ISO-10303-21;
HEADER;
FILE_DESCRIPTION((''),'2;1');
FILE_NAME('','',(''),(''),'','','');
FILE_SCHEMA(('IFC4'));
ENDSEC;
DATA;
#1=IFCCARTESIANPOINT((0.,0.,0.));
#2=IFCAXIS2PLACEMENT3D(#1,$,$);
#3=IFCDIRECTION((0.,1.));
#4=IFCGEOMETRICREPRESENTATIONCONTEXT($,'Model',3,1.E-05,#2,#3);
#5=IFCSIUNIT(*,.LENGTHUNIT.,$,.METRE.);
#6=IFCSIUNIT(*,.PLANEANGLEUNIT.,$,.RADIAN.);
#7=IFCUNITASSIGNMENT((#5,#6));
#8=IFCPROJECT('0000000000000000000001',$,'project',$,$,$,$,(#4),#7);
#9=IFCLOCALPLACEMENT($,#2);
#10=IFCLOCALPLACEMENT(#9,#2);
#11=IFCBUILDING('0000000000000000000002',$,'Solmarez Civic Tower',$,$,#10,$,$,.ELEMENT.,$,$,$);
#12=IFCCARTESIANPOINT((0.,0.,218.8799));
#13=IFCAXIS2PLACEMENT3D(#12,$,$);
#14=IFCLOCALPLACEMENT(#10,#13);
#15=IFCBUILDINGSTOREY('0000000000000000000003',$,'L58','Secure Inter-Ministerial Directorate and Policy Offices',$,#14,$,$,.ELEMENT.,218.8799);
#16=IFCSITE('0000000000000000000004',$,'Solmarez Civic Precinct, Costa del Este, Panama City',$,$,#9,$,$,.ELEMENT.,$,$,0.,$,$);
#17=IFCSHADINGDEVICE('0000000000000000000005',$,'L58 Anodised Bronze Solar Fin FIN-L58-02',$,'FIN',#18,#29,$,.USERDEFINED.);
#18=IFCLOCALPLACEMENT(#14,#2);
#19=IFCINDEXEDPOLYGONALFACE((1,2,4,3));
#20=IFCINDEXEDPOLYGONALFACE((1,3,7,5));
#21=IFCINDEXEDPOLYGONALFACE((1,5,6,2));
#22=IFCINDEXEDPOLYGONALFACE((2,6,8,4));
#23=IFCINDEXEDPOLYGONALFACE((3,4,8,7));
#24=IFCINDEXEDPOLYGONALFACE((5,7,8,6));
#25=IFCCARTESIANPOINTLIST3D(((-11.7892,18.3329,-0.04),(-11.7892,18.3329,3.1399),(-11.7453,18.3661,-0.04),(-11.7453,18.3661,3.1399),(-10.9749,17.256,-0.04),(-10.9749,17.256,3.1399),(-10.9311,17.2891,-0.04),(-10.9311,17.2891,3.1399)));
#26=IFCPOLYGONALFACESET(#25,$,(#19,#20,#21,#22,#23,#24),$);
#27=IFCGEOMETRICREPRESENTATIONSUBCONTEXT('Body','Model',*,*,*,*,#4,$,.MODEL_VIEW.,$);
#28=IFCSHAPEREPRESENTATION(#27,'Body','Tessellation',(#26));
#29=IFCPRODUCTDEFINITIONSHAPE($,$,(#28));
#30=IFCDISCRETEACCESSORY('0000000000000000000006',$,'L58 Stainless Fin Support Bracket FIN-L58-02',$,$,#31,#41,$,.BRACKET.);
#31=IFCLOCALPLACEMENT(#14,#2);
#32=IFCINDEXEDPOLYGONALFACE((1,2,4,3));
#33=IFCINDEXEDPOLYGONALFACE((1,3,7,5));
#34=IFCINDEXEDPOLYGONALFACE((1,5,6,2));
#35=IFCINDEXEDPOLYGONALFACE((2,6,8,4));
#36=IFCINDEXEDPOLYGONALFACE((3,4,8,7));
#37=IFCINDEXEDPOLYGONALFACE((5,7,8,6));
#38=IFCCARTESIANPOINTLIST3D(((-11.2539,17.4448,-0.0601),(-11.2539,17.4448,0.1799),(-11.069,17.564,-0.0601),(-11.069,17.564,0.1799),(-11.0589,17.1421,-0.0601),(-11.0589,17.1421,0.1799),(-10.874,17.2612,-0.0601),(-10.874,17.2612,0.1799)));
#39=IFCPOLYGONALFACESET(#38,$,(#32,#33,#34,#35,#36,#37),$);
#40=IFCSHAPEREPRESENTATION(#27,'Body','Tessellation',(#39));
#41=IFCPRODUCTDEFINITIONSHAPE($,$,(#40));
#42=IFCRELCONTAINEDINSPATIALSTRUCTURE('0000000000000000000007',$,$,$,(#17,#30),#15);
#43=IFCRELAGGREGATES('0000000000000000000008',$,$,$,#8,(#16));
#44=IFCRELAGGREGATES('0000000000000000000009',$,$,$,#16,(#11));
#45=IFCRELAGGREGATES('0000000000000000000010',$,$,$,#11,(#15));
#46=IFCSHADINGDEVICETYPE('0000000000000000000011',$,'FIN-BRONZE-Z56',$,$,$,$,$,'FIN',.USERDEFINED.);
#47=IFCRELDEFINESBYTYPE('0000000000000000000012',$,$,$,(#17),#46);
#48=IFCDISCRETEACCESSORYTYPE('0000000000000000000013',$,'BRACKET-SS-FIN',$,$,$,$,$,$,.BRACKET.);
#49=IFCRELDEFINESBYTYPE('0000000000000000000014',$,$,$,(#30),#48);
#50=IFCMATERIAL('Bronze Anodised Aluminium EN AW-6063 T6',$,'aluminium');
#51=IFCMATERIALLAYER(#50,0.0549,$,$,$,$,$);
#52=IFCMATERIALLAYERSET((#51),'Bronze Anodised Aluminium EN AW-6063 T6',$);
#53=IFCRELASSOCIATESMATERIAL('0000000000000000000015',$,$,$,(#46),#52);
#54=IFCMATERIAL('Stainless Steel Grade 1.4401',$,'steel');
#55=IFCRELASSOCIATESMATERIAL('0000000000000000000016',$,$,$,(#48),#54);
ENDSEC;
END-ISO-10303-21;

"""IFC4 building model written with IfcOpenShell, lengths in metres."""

from ifc_helpers import new_model, si_unit, direction, frame, origin, origin_2d, place, context, subcontext, project, spatial, rectangle, extrude, material, layer, layer_set, type_object, element, save


model = new_model("IFC4")

# Units and contexts
model_context = context("Model", 3, precision=1e-05, world=origin(), true_north=direction((0.0, 1.0)))
body_context = subcontext(model_context, "Body", "Model", "MODEL_VIEW")
ifc_project = project(units=[si_unit("LENGTHUNIT", "METRE"), si_unit("PLANEANGLEUNIT", "RADIAN")], contexts=[model_context])

# Site, building, storey
site_placement = place(None, origin())
site = spatial("IfcSite", under=ifc_project, at=site_placement, Name="Solmarez Civic Precinct, Costa del Este, Panama City", CompositionType="ELEMENT", RefElevation=0.0)
building_placement = place(site_placement, origin())
building = spatial("IfcBuilding", under=site, at=building_placement, Name="Solmarez Civic Tower", CompositionType="ELEMENT")
storey_placement = place(building_placement, frame((0.0, 0.0, 218.8799)))
storey = spatial("IfcBuildingStorey", under=building, at=storey_placement, Name="L58", Description="Secure Inter-Ministerial Directorate and Policy Offices", CompositionType="ELEMENT", Elevation=218.8799)

# Shared definitions
ifc_material_1 = material(Name="Bronze Anodised Aluminium EN AW-6063 T6", Category="aluminium")

# Shading device
ifc_layer_1 = layer(ifc_material_1, 0.0549)
ifc_layer_set_1 = layer_set([ifc_layer_1], Name="Bronze Anodised Aluminium EN AW-6063 T6")
shading_device_type = type_object("IfcShadingDeviceType", Name="FIN-BRONZE-Z56", ElementType="FIN", PredefinedType="USERDEFINED", material=ifc_layer_set_1)
shading_device_placement = place(storey_placement, frame((-11.3601, 17.811, -0.04), z_axis=(0.0, 0.0, 1.0), x_axis=(-0.603124, 0.797647, 0.0)))
element("IfcShadingDevice", 1, at=shading_device_placement, inside=storey, type_object=shading_device_type, Name="L58 Anodised Bronze Solar Fin FIN-L58-02", ObjectType="FIN", PredefinedType="USERDEFINED", context=body_context, shape_type="SweptSolid", body=[
    extrude(rectangle(XDim=1.3501, YDim=0.0549, at=origin_2d()), origin(), (0.0, 0.0, 1.0), 3.1799),
])

# Discrete accessory
ifc_material_2 = material(Name="Stainless Steel Grade 1.4401", Category="steel")
discrete_accessory_type = type_object("IfcDiscreteAccessoryType", Name="BRACKET-SS-FIN", PredefinedType="BRACKET", material=ifc_material_2)
discrete_accessory_placement = place(storey_placement, frame((-11.064, 17.353, -0.0601), z_axis=(0.0, 0.0, 1.0), x_axis=(-0.541647, 0.840606, 0.0)))
element("IfcDiscreteAccessory", 2, at=discrete_accessory_placement, inside=storey, type_object=discrete_accessory_type, Name="L58 Stainless Fin Support Bracket FIN-L58-02", PredefinedType="BRACKET", context=body_context, shape_type="SweptSolid", body=[
    extrude(rectangle(XDim=0.3601, YDim=0.22, at=origin_2d()), origin(), (0.0, 0.0, 1.0), 0.24),
])

save(model, "model.ifc")
